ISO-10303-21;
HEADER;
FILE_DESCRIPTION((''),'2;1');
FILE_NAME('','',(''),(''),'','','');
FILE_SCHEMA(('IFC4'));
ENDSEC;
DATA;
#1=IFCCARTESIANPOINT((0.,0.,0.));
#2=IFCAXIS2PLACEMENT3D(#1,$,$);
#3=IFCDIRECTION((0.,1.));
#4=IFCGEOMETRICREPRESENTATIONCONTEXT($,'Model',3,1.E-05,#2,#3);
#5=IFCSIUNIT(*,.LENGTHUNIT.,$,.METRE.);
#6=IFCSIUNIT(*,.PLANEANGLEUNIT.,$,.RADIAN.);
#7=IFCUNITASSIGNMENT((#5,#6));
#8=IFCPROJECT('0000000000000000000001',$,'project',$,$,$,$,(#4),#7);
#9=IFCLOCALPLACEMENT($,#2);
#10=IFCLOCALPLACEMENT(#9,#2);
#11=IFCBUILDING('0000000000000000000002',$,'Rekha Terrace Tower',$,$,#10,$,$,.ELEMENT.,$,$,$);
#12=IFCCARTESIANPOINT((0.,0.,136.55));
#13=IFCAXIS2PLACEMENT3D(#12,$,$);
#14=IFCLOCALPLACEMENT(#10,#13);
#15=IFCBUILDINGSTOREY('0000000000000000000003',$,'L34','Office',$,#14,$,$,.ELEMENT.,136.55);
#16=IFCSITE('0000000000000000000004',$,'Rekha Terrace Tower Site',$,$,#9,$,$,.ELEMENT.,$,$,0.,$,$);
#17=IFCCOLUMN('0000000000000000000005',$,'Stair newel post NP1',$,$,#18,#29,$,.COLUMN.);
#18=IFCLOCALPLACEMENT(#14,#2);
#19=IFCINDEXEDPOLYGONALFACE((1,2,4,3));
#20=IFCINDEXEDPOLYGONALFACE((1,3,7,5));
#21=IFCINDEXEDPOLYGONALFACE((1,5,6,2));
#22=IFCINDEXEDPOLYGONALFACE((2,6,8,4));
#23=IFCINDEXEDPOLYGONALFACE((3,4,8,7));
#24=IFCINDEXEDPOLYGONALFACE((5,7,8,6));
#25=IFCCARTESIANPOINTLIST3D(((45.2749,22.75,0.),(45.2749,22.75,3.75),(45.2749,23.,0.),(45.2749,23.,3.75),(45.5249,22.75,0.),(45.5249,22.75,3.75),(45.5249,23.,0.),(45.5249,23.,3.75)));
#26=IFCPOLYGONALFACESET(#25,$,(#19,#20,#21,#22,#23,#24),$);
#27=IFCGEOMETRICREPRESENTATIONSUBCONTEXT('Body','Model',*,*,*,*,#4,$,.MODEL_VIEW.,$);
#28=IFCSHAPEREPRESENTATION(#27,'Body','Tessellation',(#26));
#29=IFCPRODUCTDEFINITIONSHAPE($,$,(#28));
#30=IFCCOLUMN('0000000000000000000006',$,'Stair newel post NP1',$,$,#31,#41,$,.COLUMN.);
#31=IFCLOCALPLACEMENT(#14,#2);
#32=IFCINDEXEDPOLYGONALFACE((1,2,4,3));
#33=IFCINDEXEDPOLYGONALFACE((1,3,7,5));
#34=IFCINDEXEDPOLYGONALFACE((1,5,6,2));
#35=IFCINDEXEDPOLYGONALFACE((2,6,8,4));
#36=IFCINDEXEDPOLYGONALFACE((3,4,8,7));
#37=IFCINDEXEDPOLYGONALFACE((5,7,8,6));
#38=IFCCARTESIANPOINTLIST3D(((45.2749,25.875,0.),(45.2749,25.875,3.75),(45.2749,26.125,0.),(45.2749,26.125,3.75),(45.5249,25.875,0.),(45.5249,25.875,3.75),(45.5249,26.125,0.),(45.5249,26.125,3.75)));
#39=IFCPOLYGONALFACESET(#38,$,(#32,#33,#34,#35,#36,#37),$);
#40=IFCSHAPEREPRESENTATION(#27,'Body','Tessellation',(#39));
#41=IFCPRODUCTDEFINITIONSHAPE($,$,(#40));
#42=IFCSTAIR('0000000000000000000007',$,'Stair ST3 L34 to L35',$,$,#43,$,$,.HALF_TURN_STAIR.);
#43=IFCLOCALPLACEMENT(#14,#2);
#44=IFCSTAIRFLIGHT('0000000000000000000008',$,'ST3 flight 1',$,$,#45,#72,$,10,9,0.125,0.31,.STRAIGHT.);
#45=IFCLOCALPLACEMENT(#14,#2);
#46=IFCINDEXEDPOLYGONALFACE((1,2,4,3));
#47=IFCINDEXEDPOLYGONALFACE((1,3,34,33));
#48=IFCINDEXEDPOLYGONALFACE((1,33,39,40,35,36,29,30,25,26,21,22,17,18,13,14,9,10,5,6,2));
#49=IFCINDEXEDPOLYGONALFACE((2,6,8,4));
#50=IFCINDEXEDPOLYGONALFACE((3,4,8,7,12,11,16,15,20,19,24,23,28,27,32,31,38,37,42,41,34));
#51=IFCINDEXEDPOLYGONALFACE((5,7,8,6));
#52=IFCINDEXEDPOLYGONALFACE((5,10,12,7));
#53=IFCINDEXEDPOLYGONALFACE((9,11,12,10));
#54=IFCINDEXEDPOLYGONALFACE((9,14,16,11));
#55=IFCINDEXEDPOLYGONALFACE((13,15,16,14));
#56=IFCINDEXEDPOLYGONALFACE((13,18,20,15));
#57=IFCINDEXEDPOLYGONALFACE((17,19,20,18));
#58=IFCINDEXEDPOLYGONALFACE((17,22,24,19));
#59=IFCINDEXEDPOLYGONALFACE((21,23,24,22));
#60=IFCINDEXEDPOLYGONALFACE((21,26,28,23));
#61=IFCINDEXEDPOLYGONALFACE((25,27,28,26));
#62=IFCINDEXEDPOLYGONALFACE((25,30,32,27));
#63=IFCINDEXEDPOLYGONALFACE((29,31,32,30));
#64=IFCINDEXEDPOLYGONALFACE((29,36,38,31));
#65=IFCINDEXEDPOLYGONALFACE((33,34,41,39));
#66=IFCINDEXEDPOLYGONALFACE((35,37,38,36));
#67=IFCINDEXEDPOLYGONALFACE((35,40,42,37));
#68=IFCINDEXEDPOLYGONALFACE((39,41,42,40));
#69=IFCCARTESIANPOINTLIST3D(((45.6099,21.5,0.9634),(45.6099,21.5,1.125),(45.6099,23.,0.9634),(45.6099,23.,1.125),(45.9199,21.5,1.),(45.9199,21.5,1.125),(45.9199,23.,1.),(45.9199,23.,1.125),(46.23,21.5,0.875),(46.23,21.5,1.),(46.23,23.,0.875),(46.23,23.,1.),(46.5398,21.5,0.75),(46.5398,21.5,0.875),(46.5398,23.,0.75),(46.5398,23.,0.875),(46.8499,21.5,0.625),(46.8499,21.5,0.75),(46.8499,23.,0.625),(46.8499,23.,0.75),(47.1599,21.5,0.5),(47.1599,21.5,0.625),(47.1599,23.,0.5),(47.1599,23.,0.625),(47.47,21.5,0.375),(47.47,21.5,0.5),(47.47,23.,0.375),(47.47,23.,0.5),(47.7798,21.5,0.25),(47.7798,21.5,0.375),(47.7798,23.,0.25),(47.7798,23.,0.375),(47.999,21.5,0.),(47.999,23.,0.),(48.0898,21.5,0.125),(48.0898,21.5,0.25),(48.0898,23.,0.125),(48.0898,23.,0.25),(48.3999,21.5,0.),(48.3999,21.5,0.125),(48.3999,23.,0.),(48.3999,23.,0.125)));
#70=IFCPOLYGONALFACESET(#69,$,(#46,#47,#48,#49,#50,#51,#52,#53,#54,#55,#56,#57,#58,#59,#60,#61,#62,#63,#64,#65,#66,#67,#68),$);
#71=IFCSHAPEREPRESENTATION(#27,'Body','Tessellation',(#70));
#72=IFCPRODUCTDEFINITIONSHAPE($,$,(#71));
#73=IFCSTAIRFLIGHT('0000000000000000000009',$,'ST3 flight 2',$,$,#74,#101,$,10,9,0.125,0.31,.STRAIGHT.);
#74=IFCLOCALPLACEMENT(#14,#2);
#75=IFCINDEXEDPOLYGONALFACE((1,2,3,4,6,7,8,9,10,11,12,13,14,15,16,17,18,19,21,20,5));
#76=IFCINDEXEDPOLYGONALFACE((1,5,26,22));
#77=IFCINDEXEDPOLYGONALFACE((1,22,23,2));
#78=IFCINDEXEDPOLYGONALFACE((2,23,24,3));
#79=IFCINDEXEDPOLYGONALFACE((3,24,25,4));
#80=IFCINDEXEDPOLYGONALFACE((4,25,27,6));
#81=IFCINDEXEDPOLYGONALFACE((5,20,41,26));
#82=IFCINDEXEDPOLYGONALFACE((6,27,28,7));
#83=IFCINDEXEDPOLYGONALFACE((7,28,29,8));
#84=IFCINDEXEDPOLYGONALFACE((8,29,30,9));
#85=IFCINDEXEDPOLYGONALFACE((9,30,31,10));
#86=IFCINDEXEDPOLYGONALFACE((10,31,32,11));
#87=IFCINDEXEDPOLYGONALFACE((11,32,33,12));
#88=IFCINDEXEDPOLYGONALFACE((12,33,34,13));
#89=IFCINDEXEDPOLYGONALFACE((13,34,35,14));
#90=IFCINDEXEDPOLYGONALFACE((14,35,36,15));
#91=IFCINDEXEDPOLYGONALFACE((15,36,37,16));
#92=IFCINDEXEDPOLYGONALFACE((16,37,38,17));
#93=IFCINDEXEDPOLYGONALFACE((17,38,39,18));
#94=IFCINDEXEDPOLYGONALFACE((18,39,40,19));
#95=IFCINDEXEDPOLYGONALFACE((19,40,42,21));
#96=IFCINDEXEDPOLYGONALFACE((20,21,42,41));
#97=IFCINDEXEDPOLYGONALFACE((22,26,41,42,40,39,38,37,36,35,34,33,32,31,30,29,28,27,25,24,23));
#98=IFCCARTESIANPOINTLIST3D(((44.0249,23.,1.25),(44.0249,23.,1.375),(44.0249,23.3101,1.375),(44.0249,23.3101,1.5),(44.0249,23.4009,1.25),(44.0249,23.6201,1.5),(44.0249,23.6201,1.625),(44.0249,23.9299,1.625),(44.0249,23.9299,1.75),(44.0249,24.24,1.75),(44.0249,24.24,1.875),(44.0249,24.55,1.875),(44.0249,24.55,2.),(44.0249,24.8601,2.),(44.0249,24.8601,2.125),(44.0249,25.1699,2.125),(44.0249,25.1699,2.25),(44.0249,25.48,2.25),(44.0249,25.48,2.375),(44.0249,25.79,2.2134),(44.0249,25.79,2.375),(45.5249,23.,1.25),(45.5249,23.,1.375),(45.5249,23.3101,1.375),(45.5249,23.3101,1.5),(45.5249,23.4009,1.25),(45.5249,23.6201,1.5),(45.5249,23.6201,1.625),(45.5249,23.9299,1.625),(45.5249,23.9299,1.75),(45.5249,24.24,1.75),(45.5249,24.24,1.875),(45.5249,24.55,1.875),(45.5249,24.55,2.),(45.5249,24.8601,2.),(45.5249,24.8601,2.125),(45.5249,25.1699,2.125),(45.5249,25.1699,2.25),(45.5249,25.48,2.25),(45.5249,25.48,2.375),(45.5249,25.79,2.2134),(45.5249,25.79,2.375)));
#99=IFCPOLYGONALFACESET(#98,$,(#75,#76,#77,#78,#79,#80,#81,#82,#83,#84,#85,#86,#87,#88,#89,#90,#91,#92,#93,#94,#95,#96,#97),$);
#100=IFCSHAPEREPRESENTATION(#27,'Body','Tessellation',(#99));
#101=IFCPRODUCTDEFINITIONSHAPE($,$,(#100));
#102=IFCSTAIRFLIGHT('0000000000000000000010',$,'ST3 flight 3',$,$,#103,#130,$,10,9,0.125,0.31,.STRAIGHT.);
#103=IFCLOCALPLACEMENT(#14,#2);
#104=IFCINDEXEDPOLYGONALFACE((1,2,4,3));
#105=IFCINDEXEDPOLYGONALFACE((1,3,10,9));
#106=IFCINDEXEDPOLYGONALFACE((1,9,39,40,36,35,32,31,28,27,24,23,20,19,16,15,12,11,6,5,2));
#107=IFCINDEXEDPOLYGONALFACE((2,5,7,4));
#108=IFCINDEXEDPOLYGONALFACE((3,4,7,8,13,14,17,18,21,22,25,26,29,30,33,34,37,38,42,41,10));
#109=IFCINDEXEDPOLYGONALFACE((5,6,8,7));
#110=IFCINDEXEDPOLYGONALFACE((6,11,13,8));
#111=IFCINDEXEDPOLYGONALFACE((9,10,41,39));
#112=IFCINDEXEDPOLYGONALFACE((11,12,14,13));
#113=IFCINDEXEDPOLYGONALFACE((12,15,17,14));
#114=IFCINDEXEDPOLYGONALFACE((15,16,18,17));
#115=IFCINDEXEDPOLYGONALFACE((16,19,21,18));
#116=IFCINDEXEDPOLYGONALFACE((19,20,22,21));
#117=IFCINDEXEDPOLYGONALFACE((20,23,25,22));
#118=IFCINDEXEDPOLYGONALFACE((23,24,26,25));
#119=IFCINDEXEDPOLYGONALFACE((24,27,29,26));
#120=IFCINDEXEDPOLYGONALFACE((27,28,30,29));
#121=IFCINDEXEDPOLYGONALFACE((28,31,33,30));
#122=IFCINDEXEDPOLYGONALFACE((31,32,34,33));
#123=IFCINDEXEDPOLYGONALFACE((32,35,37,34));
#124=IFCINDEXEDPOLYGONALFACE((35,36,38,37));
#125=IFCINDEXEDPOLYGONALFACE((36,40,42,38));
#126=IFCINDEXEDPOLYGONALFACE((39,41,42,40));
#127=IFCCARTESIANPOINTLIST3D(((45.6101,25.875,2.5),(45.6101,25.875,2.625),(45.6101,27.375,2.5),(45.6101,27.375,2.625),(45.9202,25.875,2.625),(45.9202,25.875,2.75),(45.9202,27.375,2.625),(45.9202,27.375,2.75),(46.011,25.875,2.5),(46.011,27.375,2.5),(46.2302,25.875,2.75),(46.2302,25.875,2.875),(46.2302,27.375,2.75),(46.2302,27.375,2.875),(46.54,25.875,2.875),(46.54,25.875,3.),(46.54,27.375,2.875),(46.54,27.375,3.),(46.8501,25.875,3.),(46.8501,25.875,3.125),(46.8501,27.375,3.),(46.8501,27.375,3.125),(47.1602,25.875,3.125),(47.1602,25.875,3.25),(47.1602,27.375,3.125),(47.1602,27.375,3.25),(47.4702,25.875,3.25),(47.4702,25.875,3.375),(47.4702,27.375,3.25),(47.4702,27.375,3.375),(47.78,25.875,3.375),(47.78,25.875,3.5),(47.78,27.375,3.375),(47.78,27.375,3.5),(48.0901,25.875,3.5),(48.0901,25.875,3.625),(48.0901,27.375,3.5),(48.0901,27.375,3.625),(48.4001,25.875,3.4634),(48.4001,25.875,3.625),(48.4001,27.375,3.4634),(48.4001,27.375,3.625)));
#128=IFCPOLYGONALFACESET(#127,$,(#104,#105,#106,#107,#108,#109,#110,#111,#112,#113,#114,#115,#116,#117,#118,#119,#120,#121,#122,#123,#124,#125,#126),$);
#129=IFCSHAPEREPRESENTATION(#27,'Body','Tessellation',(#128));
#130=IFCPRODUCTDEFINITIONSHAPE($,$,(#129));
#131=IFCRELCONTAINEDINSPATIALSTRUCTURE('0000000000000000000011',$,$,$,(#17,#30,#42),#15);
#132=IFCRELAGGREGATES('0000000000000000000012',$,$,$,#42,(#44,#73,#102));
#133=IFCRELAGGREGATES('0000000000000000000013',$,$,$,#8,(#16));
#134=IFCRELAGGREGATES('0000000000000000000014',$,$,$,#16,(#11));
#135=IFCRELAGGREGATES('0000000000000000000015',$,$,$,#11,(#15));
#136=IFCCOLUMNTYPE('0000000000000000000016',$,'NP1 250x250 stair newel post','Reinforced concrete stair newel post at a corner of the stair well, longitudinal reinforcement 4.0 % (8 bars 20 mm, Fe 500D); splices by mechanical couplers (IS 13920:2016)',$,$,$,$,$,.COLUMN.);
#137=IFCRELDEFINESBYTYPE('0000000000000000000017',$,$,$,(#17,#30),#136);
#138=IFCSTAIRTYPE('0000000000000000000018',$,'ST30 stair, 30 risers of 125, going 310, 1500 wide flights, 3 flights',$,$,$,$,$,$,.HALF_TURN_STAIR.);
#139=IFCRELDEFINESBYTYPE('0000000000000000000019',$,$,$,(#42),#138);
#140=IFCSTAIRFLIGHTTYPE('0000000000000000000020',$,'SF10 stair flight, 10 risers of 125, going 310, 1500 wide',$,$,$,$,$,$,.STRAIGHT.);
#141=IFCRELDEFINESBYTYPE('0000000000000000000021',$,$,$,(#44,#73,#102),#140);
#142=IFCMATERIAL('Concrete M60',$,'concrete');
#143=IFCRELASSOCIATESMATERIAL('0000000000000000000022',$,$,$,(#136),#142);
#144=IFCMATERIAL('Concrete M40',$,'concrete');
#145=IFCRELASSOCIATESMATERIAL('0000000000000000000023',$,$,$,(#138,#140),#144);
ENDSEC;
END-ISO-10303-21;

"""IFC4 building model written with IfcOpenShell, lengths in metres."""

from ifc_helpers import new_model, si_unit, direction, frame, origin, origin_2d, place, context, subcontext, project, spatial, polyline, rectangle, outline, extrude, material, material_profile, profile_set, type_object, element, aggregate, save


model = new_model("IFC4")

# Units and contexts
model_context = context("Model", 3, precision=1e-05, world=origin(), true_north=direction((0.0, 1.0)))
body_context = subcontext(model_context, "Body", "Model", "MODEL_VIEW")
ifc_project = project(units=[si_unit("LENGTHUNIT", "METRE"), si_unit("PLANEANGLEUNIT", "RADIAN")], contexts=[model_context])

# Site, building, storey
site_placement = place(None, origin())
site = spatial("IfcSite", under=ifc_project, at=site_placement, Name="Rekha Terrace Tower Site", CompositionType="ELEMENT", RefElevation=0.0)
building_placement = place(site_placement, origin())
building = spatial("IfcBuilding", under=site, at=building_placement, Name="Rekha Terrace Tower", CompositionType="ELEMENT")
storey_placement = place(building_placement, frame((0.0, 0.0, 136.55)))
storey = spatial("IfcBuildingStorey", under=building, at=storey_placement, Name="L34", Description="Office", CompositionType="ELEMENT", Elevation=136.55)

# Columns
ifc_material_1 = material(Name="Concrete M60", Category="concrete")
ifc_material_profile = material_profile(ifc_material_1, rectangle(XDim=0.25, YDim=0.25, at=origin_2d()), Name="RC 250x250")
ifc_profile_set = profile_set([ifc_material_profile], Name="Concrete M60")
column_type = type_object("IfcColumnType", Name="NP1 250x250 stair newel post", Description="Reinforced concrete stair newel post at a corner of the stair well, longitudinal reinforcement 4.0 % (8 bars 20 mm, Fe 500D); splices by mechanical couplers (IS 13920:2016)", PredefinedType="COLUMN", material=ifc_profile_set)
for number, where, z_axis, x_axis, name in (
    (1, (45.3999, 22.875, 0.0), (0.0, 0.0, 1.0), (1.0, 0.0, 0.0), "Stair newel post NP1"),
    (2, (45.3999, 26.0, 0.0), (0.0, 0.0, 1.0), (1.0, 0.0, 0.0), "Stair newel post NP1"),
):
    element("IfcColumn", number, at=place(storey_placement, frame(where, z_axis=z_axis, x_axis=x_axis)), inside=storey, type_object=column_type, Name=name, PredefinedType="COLUMN", context=body_context, shape_type="SweptSolid", body=[
        extrude(rectangle(XDim=0.25, YDim=0.25, at=origin_2d()), origin(), (0.0, 0.0, 1.0), 3.75),
    ])

# Stair, stair flights
ifc_material_2 = material(Name="Concrete M40", Category="concrete")
stair_type = type_object("IfcStairType", Name="ST30 stair, 30 risers of 125, going 310, 1500 wide flights, 3 flights", PredefinedType="HALF_TURN_STAIR", material=ifc_material_2)
stair_placement = place(storey_placement, origin())
stair = element("IfcStair", 3, at=stair_placement, inside=storey, type_object=stair_type, Name="Stair ST3 L34 to L35", PredefinedType="HALF_TURN_STAIR")
stair_flight_type = type_object("IfcStairFlightType", Name="SF10 stair flight, 10 risers of 125, going 310, 1500 wide", PredefinedType="STRAIGHT", material=ifc_material_2)
stair_flight_1_placement = place(storey_placement, frame((48.3999, 22.25, 0.0), z_axis=(0.0, 0.0, 1.0), x_axis=(-1.0, 0.0, 0.0)))
stair_flight_1 = element("IfcStairFlight", 4, at=stair_flight_1_placement, type_object=stair_flight_type, Name="ST3 flight 1", NumberOfRisers=10, NumberOfTreads=9, PredefinedType="STRAIGHT", RiserHeight=0.125, TreadLength=0.31, context=body_context, shape_type="SweptSolid", body=[
    extrude(outline(polyline([(0.0, 0.0), (0.0, 0.125), (0.3101, 0.125), (0.3101, 0.25), (0.6201, 0.25), (0.6201, 0.375), (0.9299, 0.375), (0.9299, 0.5), (1.24, 0.5), (1.24, 0.625), (1.55, 0.625), (1.55, 0.75), (1.8601, 0.75), (1.8601, 0.875), (2.1699, 0.875), (2.1699, 1.0), (2.48, 1.0), (2.48, 1.125), (2.79, 1.125), (2.79, 1.25), (2.79, 0.9634), (0.4009, 0.0), (0.0, 0.0)])), frame((0.0, 0.75, 0.0), z_axis=(0.0, -1.0, 0.0), x_axis=(1.0, 0.0, 0.0)), (0.0, 0.0, 1.0), 1.5),
])
stair_flight_2_placement = place(storey_placement, frame((44.7749, 23.0, 1.25), z_axis=(0.0, 0.0, 1.0), x_axis=(0.0, 1.0, 0.0)))
stair_flight_2 = element("IfcStairFlight", 5, at=stair_flight_2_placement, type_object=stair_flight_type, Name="ST3 flight 2", NumberOfRisers=10, NumberOfTreads=9, PredefinedType="STRAIGHT", RiserHeight=0.125, TreadLength=0.31, context=body_context, shape_type="SweptSolid", body=[
    extrude(outline(polyline([(0.0, 0.0), (0.0, 0.125), (0.3101, 0.125), (0.3101, 0.25), (0.6201, 0.25), (0.6201, 0.375), (0.9299, 0.375), (0.9299, 0.5), (1.24, 0.5), (1.24, 0.625), (1.55, 0.625), (1.55, 0.75), (1.8601, 0.75), (1.8601, 0.875), (2.1699, 0.875), (2.1699, 1.0), (2.48, 1.0), (2.48, 1.125), (2.79, 1.125), (2.79, 1.25), (2.79, 0.9634), (0.4009, 0.0), (0.0, 0.0)])), frame((0.0, 0.75, 0.0), z_axis=(0.0, -1.0, 0.0), x_axis=(1.0, 0.0, 0.0)), (0.0, 0.0, 1.0), 1.5),
])
stair_flight_3_placement = place(storey_placement, frame((45.6101, 26.625, 2.5), z_axis=(0.0, 0.0, 1.0), x_axis=(1.0, 0.0, 0.0)))
stair_flight_3 = element("IfcStairFlight", 6, at=stair_flight_3_placement, type_object=stair_flight_type, Name="ST3 flight 3", NumberOfRisers=10, NumberOfTreads=9, PredefinedType="STRAIGHT", RiserHeight=0.125, TreadLength=0.31, context=body_context, shape_type="SweptSolid", body=[
    extrude(outline(polyline([(0.0, 0.0), (0.0, 0.125), (0.3101, 0.125), (0.3101, 0.25), (0.6201, 0.25), (0.6201, 0.375), (0.9299, 0.375), (0.9299, 0.5), (1.24, 0.5), (1.24, 0.625), (1.55, 0.625), (1.55, 0.75), (1.8601, 0.75), (1.8601, 0.875), (2.1699, 0.875), (2.1699, 1.0), (2.48, 1.0), (2.48, 1.125), (2.79, 1.125), (2.79, 1.25), (2.79, 0.9634), (0.4009, 0.0), (0.0, 0.0)])), frame((0.0, 0.75, 0.0), z_axis=(0.0, -1.0, 0.0), x_axis=(1.0, 0.0, 0.0)), (0.0, 0.0, 1.0), 1.5),
])
aggregate(stair, [stair_flight_1, stair_flight_2, stair_flight_3])

save(model, "model.ifc")
